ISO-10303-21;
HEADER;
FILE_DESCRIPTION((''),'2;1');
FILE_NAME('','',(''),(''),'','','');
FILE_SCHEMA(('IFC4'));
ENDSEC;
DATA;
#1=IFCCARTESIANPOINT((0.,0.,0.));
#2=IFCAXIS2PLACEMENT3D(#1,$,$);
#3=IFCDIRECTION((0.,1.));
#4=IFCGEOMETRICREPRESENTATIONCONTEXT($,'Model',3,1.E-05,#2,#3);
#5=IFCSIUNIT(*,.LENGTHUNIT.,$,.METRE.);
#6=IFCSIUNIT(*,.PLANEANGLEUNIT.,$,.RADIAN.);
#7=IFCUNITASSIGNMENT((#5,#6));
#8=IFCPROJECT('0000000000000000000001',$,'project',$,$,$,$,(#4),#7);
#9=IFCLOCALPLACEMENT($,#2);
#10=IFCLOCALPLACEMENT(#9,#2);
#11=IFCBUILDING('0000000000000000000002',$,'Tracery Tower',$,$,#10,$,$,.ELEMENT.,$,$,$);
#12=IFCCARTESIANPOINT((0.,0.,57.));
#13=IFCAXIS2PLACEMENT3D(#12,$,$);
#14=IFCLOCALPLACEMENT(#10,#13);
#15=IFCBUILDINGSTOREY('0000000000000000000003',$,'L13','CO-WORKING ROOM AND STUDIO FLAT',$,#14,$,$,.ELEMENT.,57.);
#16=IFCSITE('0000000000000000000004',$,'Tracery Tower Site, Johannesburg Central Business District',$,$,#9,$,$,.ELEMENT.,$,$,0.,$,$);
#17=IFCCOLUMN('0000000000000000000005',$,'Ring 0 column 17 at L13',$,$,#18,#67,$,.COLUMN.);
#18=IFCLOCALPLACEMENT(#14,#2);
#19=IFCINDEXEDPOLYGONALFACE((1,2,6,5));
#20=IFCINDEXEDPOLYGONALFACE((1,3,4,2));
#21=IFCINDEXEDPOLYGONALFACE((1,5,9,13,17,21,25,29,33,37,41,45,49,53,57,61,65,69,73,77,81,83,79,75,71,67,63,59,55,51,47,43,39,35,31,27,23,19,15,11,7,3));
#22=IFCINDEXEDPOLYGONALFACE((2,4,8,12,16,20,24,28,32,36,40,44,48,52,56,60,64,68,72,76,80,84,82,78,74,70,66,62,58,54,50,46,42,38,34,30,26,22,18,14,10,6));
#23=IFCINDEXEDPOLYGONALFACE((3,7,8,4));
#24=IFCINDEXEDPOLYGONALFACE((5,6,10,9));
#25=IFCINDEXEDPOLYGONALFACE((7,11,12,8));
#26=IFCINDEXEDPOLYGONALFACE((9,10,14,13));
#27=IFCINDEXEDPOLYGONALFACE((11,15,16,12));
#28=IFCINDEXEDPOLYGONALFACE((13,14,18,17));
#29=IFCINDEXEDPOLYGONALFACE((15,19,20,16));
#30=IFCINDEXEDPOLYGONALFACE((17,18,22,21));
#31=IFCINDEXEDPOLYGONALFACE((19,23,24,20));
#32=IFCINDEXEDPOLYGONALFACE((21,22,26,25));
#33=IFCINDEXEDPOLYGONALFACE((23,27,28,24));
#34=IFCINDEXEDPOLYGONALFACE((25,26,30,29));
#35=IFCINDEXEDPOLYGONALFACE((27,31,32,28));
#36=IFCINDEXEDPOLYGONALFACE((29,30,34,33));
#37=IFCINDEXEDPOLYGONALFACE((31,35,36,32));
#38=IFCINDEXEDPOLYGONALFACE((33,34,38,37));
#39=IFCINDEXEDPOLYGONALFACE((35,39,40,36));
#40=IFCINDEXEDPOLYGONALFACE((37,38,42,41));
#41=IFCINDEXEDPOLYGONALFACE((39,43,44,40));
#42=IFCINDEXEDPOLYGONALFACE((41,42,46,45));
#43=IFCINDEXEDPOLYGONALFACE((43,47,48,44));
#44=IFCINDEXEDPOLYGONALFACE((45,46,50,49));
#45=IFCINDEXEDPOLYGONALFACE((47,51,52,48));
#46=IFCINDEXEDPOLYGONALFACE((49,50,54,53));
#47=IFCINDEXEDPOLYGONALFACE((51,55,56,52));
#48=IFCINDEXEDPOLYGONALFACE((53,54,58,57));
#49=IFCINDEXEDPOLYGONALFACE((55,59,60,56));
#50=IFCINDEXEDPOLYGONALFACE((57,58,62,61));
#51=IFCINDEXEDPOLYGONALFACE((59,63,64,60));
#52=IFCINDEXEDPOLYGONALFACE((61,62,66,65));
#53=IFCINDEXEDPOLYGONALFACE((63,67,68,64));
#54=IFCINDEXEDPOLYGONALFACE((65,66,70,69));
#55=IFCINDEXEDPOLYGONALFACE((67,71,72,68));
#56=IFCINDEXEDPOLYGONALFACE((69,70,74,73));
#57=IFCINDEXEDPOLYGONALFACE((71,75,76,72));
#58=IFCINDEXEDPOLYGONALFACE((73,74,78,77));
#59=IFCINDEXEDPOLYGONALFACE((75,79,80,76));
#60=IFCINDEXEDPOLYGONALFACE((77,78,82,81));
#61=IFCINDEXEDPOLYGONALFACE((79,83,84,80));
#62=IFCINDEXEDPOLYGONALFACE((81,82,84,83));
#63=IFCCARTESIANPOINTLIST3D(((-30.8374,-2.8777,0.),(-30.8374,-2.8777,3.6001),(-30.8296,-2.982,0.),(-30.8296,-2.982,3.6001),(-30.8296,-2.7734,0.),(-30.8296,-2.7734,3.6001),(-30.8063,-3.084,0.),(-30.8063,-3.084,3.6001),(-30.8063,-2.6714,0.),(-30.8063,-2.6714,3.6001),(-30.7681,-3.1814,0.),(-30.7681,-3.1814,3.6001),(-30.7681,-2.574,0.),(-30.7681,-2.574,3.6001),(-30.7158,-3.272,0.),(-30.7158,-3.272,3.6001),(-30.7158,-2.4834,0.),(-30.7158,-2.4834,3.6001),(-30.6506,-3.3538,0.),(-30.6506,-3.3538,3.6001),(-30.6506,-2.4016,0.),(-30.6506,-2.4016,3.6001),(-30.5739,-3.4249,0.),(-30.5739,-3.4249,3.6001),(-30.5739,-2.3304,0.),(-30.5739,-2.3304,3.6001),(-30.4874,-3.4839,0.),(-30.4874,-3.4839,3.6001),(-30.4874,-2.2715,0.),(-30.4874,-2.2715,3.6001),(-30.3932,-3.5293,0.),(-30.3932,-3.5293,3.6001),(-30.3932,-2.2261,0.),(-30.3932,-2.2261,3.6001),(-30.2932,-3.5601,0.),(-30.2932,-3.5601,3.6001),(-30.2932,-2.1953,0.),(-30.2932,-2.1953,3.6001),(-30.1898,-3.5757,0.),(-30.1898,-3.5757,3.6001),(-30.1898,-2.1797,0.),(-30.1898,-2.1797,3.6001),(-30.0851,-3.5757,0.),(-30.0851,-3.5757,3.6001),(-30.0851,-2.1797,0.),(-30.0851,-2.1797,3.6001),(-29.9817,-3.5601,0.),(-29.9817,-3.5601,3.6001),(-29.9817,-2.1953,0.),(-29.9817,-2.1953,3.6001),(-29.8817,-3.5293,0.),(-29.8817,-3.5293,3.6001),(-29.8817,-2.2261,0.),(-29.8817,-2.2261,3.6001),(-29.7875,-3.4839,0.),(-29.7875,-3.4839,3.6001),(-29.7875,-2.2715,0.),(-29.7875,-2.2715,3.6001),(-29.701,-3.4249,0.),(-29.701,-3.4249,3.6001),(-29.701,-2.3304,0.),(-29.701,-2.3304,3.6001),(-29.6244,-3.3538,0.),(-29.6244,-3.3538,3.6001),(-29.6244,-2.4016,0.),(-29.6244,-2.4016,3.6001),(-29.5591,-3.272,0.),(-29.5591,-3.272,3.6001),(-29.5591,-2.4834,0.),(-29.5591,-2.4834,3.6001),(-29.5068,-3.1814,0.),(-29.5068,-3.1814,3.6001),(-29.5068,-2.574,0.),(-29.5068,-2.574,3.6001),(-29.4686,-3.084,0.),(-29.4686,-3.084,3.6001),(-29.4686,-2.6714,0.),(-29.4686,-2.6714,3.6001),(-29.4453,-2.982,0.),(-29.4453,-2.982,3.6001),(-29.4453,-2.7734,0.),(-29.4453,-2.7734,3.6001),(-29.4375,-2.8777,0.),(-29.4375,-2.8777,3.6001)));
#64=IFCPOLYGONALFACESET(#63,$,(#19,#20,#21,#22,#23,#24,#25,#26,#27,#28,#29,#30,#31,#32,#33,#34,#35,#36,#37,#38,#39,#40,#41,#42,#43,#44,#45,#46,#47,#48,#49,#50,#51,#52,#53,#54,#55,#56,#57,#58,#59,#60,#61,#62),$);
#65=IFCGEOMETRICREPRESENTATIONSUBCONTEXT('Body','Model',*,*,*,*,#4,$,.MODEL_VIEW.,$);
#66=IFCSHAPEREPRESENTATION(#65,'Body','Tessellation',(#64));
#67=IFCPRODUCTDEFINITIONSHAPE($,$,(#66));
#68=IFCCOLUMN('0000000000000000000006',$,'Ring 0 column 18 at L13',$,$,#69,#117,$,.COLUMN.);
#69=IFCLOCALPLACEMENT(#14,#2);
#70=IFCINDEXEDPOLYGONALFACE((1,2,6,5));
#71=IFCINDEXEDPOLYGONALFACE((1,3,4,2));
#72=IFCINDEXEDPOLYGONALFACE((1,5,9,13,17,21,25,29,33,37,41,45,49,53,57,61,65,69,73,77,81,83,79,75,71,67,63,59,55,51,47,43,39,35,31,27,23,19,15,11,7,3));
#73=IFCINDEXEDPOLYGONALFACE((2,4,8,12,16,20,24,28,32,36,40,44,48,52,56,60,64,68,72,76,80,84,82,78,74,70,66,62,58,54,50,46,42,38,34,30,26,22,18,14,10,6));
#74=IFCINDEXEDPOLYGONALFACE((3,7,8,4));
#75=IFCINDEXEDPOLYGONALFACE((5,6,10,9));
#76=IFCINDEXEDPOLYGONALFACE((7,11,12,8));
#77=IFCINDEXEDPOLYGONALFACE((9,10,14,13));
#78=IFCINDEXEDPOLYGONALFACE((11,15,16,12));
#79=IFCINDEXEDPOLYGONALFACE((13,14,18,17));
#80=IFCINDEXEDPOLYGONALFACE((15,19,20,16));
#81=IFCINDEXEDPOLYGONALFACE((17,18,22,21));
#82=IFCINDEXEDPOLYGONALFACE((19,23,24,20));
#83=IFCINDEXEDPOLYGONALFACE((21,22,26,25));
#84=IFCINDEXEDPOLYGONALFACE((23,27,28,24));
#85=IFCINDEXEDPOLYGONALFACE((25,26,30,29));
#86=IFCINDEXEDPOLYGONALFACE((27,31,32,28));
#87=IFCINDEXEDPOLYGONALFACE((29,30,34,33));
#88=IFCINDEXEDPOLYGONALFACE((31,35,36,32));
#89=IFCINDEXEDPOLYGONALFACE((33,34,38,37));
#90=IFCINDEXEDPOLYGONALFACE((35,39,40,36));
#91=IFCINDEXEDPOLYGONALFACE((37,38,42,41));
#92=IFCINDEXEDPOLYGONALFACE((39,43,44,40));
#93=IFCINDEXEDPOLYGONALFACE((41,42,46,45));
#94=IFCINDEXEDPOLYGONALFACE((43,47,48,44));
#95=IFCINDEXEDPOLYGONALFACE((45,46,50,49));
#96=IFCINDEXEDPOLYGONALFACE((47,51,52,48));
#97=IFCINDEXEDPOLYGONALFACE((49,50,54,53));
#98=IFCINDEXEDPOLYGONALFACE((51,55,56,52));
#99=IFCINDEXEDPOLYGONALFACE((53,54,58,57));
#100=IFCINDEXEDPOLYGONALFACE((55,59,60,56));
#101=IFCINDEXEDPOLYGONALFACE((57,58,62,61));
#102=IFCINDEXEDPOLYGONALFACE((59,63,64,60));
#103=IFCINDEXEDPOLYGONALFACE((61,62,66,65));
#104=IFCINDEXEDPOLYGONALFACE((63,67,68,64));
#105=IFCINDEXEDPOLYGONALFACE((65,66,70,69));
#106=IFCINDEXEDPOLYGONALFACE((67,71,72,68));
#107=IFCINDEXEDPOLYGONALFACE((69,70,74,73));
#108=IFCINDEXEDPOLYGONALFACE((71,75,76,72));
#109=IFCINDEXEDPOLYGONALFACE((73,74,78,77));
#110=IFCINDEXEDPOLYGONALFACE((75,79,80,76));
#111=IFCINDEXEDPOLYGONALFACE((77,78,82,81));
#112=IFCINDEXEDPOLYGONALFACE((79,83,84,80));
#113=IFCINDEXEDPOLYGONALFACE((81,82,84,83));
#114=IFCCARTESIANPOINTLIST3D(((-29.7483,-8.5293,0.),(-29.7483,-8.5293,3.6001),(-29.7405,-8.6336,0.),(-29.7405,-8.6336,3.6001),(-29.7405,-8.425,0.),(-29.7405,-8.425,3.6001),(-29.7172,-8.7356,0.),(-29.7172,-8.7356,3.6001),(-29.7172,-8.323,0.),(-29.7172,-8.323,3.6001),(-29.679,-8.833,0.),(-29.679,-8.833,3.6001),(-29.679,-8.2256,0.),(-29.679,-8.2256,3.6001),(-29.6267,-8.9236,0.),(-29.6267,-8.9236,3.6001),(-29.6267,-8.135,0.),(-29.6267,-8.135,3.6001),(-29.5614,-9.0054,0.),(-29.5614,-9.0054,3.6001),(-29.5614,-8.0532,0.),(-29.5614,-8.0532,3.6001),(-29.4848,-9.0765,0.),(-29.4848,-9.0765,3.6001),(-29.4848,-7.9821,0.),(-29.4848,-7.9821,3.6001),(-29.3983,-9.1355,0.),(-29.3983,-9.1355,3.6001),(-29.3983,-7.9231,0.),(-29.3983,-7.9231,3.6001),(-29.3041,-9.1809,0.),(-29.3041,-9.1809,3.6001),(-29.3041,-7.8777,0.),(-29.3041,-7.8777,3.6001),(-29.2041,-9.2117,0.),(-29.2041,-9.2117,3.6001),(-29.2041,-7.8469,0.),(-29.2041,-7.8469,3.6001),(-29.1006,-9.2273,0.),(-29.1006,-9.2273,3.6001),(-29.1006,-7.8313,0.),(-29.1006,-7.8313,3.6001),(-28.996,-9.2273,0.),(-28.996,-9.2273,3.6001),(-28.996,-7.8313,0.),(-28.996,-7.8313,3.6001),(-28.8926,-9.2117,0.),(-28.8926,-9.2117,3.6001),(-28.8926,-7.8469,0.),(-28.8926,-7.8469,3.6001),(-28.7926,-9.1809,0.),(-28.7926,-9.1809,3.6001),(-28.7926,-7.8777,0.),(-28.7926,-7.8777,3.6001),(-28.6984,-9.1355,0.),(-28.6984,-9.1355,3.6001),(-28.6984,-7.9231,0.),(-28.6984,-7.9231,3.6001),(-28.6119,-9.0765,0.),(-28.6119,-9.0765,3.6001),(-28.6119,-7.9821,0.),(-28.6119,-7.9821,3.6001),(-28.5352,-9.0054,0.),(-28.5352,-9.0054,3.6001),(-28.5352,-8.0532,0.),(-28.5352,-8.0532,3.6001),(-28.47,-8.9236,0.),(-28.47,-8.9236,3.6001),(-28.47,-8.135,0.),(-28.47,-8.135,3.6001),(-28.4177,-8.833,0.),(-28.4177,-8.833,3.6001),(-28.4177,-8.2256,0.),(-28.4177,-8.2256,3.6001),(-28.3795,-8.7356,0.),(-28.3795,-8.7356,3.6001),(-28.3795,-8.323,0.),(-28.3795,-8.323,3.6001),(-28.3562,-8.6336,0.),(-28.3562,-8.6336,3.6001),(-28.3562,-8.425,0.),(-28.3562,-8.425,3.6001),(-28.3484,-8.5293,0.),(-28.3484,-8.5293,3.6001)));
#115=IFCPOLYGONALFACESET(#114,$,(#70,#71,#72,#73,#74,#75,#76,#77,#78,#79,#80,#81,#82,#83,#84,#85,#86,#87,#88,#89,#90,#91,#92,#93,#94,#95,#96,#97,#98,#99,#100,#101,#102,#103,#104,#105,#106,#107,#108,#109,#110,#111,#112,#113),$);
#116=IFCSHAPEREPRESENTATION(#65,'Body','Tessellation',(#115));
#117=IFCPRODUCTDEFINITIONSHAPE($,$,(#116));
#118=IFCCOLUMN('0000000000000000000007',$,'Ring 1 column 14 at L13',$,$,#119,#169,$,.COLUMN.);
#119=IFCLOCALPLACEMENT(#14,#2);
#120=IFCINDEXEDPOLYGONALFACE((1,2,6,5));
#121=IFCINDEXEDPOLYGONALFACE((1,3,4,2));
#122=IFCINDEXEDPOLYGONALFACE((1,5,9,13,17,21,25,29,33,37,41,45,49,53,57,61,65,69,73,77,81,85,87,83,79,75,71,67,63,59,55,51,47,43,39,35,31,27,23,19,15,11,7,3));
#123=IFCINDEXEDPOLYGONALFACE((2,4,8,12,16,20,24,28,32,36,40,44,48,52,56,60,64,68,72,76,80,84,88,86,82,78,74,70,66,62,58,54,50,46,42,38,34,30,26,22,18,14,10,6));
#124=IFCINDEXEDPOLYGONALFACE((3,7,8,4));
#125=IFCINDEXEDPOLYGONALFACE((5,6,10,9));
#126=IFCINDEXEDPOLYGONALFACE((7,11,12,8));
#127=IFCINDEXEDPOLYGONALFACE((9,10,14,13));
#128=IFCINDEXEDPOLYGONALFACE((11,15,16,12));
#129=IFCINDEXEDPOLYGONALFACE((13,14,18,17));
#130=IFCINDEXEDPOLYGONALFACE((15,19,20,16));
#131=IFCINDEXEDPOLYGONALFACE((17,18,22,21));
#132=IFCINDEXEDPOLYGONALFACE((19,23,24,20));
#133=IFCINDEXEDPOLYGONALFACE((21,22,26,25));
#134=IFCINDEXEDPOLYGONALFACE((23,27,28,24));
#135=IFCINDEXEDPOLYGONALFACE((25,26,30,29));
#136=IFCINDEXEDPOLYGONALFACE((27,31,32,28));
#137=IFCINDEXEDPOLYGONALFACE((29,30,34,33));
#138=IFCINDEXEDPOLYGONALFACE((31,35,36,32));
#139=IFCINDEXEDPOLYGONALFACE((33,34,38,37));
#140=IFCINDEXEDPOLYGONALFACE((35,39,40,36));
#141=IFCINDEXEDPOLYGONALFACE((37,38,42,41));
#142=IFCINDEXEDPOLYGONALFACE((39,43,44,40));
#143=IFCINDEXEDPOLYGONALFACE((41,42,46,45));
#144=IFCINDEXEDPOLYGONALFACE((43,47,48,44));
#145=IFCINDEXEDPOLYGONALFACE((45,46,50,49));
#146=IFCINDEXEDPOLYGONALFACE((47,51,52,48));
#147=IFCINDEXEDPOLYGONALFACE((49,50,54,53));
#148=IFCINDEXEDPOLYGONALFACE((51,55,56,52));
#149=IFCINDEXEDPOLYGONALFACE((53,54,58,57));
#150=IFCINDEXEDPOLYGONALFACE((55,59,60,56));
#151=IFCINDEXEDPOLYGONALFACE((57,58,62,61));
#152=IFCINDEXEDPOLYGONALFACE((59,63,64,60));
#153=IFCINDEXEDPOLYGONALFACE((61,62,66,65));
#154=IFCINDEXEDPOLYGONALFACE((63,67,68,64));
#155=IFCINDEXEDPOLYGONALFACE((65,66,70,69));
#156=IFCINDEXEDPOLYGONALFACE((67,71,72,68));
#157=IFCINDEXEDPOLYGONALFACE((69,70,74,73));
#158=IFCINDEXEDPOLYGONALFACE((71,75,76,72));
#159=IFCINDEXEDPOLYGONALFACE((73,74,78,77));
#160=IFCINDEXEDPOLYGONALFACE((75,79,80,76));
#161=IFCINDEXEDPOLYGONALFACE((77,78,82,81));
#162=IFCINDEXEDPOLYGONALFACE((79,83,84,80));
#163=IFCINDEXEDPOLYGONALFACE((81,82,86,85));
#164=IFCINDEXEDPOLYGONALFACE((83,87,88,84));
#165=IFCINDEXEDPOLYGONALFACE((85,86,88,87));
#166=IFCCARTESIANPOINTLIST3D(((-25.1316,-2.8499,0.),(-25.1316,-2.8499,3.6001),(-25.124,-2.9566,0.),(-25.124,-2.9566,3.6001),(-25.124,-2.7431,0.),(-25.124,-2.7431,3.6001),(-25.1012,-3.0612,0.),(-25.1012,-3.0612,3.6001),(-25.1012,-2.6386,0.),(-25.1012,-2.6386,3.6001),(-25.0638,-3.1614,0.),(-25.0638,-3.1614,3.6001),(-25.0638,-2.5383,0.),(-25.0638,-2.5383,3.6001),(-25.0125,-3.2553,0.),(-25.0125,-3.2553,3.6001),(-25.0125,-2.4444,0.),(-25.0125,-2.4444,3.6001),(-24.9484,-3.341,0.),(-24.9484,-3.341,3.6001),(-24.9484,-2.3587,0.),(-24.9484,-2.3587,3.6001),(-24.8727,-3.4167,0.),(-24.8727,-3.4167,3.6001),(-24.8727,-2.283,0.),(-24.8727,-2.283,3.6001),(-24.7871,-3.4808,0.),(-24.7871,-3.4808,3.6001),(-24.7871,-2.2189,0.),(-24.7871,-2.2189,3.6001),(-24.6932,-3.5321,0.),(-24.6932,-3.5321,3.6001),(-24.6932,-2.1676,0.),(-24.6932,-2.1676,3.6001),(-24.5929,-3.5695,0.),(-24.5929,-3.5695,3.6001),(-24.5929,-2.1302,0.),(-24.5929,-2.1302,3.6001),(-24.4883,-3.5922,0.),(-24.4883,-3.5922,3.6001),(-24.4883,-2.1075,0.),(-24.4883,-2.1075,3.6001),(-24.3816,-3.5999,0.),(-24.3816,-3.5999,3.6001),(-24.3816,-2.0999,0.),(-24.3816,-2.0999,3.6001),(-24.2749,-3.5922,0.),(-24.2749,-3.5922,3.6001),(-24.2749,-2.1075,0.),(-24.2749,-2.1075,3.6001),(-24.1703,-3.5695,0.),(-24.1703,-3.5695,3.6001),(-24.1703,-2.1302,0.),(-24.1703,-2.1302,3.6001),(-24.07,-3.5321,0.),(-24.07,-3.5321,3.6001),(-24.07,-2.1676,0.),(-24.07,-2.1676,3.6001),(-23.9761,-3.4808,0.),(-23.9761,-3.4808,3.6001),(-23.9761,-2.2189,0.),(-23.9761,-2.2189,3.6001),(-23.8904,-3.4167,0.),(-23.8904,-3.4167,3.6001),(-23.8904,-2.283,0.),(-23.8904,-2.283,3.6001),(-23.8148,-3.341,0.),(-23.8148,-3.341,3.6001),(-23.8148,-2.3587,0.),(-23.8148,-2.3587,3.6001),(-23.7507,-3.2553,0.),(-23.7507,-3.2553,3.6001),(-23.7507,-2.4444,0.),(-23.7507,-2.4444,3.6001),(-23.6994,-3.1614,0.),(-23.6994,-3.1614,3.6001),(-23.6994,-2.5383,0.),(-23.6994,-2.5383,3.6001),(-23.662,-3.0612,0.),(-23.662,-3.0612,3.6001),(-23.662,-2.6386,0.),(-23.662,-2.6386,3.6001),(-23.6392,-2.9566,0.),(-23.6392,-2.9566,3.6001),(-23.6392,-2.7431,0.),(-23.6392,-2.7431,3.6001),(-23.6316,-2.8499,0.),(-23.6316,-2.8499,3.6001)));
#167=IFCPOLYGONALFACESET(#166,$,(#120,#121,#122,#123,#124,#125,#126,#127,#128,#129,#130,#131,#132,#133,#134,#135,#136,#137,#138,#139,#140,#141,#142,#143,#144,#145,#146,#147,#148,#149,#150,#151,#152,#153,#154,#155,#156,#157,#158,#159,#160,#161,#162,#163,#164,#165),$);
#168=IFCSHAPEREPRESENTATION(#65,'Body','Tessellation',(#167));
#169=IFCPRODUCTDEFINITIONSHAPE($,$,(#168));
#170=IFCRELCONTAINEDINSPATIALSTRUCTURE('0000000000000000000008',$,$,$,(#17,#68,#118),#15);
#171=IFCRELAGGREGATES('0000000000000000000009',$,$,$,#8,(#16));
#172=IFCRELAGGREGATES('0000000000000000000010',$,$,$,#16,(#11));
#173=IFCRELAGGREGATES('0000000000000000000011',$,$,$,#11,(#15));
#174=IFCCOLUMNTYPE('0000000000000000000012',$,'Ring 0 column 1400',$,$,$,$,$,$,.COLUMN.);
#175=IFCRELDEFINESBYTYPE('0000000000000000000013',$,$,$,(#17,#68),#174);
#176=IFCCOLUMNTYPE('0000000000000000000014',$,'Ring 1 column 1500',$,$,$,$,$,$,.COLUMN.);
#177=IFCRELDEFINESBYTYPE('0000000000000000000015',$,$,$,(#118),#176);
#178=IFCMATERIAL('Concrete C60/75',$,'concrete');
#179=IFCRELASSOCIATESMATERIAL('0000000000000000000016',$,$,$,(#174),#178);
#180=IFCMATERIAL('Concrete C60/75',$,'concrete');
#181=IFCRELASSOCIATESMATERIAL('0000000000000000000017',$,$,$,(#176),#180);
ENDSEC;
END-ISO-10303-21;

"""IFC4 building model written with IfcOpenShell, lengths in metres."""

from ifc_helpers import new_model, si_unit, direction, frame, origin, origin_2d, place, context, subcontext, project, spatial, circle, extrude, material, material_profile, profile_set, type_object, element, save


model = new_model("IFC4")

# Units and contexts
model_context = context("Model", 3, precision=1e-05, world=origin(), true_north=direction((0.0, 1.0)))
body_context = subcontext(model_context, "Body", "Model", "MODEL_VIEW")
ifc_project = project(units=[si_unit("LENGTHUNIT", "METRE"), si_unit("PLANEANGLEUNIT", "RADIAN")], contexts=[model_context])

# Site, building, storey
site_placement = place(None, origin())
site = spatial("IfcSite", under=ifc_project, at=site_placement, Name="Tracery Tower Site, Johannesburg Central Business District", CompositionType="ELEMENT", RefElevation=0.0)
building_placement = place(site_placement, origin())
building = spatial("IfcBuilding", under=site, at=building_placement, Name="Tracery Tower", CompositionType="ELEMENT")
storey_placement = place(building_placement, frame((0.0, 0.0, 57.0)))
storey = spatial("IfcBuildingStorey", under=building, at=storey_placement, Name="L13", Description="CO-WORKING ROOM AND STUDIO FLAT", CompositionType="ELEMENT", Elevation=57.0)

# Columns
ifc_material_1 = material(Name="Concrete C60/75", Category="concrete")
ifc_material_profile_1 = material_profile(ifc_material_1, circle(Radius=0.7, at=origin_2d()), Name="RC D1400")
ifc_profile_set_1 = profile_set([ifc_material_profile_1], Name="Concrete C60/75")
column_type_1 = type_object("IfcColumnType", Name="Ring 0 column 1400", PredefinedType="COLUMN", material=ifc_profile_set_1)
for number, where, z_axis, x_axis, name in (
    (1, (-30.1375, -2.8777, 0.0), (0.0, 0.0, 1.0), (1.0, 0.0, 0.0), "Ring 0 column 17 at L13"),
    (2, (-29.0483, -8.5293, 0.0), (0.0, 0.0, 1.0), (1.0, 0.0, 0.0), "Ring 0 column 18 at L13"),
):
    element("IfcColumn", number, at=place(storey_placement, frame(where, z_axis=z_axis, x_axis=x_axis)), inside=storey, type_object=column_type_1, Name=name, PredefinedType="COLUMN", context=body_context, shape_type="SweptSolid", body=[
        extrude(circle(Radius=0.7, at=origin_2d()), origin(), (0.0, 0.0, 1.0), 3.6001),
    ])
ifc_material_2 = material(Name="Concrete C60/75", Category="concrete")
ifc_material_profile_2 = material_profile(ifc_material_2, circle(Radius=0.75, at=origin_2d()), Name="RC D1500")
ifc_profile_set_2 = profile_set([ifc_material_profile_2], Name="Concrete C60/75")
column_type_2 = type_object("IfcColumnType", Name="Ring 1 column 1500", PredefinedType="COLUMN", material=ifc_profile_set_2)
for number, where, z_axis, x_axis, name in (
    (3, (-24.3816, -2.8499, 0.0), (0.0, 0.0, 1.0), (1.0, 0.0, 0.0), "Ring 1 column 14 at L13"),
):
    element("IfcColumn", number, at=place(storey_placement, frame(where, z_axis=z_axis, x_axis=x_axis)), inside=storey, type_object=column_type_2, Name=name, PredefinedType="COLUMN", context=body_context, shape_type="SweptSolid", body=[
        extrude(circle(Radius=0.75, at=origin_2d()), origin(), (0.0, 0.0, 1.0), 3.6001),
    ])

save(model, "model.ifc")
